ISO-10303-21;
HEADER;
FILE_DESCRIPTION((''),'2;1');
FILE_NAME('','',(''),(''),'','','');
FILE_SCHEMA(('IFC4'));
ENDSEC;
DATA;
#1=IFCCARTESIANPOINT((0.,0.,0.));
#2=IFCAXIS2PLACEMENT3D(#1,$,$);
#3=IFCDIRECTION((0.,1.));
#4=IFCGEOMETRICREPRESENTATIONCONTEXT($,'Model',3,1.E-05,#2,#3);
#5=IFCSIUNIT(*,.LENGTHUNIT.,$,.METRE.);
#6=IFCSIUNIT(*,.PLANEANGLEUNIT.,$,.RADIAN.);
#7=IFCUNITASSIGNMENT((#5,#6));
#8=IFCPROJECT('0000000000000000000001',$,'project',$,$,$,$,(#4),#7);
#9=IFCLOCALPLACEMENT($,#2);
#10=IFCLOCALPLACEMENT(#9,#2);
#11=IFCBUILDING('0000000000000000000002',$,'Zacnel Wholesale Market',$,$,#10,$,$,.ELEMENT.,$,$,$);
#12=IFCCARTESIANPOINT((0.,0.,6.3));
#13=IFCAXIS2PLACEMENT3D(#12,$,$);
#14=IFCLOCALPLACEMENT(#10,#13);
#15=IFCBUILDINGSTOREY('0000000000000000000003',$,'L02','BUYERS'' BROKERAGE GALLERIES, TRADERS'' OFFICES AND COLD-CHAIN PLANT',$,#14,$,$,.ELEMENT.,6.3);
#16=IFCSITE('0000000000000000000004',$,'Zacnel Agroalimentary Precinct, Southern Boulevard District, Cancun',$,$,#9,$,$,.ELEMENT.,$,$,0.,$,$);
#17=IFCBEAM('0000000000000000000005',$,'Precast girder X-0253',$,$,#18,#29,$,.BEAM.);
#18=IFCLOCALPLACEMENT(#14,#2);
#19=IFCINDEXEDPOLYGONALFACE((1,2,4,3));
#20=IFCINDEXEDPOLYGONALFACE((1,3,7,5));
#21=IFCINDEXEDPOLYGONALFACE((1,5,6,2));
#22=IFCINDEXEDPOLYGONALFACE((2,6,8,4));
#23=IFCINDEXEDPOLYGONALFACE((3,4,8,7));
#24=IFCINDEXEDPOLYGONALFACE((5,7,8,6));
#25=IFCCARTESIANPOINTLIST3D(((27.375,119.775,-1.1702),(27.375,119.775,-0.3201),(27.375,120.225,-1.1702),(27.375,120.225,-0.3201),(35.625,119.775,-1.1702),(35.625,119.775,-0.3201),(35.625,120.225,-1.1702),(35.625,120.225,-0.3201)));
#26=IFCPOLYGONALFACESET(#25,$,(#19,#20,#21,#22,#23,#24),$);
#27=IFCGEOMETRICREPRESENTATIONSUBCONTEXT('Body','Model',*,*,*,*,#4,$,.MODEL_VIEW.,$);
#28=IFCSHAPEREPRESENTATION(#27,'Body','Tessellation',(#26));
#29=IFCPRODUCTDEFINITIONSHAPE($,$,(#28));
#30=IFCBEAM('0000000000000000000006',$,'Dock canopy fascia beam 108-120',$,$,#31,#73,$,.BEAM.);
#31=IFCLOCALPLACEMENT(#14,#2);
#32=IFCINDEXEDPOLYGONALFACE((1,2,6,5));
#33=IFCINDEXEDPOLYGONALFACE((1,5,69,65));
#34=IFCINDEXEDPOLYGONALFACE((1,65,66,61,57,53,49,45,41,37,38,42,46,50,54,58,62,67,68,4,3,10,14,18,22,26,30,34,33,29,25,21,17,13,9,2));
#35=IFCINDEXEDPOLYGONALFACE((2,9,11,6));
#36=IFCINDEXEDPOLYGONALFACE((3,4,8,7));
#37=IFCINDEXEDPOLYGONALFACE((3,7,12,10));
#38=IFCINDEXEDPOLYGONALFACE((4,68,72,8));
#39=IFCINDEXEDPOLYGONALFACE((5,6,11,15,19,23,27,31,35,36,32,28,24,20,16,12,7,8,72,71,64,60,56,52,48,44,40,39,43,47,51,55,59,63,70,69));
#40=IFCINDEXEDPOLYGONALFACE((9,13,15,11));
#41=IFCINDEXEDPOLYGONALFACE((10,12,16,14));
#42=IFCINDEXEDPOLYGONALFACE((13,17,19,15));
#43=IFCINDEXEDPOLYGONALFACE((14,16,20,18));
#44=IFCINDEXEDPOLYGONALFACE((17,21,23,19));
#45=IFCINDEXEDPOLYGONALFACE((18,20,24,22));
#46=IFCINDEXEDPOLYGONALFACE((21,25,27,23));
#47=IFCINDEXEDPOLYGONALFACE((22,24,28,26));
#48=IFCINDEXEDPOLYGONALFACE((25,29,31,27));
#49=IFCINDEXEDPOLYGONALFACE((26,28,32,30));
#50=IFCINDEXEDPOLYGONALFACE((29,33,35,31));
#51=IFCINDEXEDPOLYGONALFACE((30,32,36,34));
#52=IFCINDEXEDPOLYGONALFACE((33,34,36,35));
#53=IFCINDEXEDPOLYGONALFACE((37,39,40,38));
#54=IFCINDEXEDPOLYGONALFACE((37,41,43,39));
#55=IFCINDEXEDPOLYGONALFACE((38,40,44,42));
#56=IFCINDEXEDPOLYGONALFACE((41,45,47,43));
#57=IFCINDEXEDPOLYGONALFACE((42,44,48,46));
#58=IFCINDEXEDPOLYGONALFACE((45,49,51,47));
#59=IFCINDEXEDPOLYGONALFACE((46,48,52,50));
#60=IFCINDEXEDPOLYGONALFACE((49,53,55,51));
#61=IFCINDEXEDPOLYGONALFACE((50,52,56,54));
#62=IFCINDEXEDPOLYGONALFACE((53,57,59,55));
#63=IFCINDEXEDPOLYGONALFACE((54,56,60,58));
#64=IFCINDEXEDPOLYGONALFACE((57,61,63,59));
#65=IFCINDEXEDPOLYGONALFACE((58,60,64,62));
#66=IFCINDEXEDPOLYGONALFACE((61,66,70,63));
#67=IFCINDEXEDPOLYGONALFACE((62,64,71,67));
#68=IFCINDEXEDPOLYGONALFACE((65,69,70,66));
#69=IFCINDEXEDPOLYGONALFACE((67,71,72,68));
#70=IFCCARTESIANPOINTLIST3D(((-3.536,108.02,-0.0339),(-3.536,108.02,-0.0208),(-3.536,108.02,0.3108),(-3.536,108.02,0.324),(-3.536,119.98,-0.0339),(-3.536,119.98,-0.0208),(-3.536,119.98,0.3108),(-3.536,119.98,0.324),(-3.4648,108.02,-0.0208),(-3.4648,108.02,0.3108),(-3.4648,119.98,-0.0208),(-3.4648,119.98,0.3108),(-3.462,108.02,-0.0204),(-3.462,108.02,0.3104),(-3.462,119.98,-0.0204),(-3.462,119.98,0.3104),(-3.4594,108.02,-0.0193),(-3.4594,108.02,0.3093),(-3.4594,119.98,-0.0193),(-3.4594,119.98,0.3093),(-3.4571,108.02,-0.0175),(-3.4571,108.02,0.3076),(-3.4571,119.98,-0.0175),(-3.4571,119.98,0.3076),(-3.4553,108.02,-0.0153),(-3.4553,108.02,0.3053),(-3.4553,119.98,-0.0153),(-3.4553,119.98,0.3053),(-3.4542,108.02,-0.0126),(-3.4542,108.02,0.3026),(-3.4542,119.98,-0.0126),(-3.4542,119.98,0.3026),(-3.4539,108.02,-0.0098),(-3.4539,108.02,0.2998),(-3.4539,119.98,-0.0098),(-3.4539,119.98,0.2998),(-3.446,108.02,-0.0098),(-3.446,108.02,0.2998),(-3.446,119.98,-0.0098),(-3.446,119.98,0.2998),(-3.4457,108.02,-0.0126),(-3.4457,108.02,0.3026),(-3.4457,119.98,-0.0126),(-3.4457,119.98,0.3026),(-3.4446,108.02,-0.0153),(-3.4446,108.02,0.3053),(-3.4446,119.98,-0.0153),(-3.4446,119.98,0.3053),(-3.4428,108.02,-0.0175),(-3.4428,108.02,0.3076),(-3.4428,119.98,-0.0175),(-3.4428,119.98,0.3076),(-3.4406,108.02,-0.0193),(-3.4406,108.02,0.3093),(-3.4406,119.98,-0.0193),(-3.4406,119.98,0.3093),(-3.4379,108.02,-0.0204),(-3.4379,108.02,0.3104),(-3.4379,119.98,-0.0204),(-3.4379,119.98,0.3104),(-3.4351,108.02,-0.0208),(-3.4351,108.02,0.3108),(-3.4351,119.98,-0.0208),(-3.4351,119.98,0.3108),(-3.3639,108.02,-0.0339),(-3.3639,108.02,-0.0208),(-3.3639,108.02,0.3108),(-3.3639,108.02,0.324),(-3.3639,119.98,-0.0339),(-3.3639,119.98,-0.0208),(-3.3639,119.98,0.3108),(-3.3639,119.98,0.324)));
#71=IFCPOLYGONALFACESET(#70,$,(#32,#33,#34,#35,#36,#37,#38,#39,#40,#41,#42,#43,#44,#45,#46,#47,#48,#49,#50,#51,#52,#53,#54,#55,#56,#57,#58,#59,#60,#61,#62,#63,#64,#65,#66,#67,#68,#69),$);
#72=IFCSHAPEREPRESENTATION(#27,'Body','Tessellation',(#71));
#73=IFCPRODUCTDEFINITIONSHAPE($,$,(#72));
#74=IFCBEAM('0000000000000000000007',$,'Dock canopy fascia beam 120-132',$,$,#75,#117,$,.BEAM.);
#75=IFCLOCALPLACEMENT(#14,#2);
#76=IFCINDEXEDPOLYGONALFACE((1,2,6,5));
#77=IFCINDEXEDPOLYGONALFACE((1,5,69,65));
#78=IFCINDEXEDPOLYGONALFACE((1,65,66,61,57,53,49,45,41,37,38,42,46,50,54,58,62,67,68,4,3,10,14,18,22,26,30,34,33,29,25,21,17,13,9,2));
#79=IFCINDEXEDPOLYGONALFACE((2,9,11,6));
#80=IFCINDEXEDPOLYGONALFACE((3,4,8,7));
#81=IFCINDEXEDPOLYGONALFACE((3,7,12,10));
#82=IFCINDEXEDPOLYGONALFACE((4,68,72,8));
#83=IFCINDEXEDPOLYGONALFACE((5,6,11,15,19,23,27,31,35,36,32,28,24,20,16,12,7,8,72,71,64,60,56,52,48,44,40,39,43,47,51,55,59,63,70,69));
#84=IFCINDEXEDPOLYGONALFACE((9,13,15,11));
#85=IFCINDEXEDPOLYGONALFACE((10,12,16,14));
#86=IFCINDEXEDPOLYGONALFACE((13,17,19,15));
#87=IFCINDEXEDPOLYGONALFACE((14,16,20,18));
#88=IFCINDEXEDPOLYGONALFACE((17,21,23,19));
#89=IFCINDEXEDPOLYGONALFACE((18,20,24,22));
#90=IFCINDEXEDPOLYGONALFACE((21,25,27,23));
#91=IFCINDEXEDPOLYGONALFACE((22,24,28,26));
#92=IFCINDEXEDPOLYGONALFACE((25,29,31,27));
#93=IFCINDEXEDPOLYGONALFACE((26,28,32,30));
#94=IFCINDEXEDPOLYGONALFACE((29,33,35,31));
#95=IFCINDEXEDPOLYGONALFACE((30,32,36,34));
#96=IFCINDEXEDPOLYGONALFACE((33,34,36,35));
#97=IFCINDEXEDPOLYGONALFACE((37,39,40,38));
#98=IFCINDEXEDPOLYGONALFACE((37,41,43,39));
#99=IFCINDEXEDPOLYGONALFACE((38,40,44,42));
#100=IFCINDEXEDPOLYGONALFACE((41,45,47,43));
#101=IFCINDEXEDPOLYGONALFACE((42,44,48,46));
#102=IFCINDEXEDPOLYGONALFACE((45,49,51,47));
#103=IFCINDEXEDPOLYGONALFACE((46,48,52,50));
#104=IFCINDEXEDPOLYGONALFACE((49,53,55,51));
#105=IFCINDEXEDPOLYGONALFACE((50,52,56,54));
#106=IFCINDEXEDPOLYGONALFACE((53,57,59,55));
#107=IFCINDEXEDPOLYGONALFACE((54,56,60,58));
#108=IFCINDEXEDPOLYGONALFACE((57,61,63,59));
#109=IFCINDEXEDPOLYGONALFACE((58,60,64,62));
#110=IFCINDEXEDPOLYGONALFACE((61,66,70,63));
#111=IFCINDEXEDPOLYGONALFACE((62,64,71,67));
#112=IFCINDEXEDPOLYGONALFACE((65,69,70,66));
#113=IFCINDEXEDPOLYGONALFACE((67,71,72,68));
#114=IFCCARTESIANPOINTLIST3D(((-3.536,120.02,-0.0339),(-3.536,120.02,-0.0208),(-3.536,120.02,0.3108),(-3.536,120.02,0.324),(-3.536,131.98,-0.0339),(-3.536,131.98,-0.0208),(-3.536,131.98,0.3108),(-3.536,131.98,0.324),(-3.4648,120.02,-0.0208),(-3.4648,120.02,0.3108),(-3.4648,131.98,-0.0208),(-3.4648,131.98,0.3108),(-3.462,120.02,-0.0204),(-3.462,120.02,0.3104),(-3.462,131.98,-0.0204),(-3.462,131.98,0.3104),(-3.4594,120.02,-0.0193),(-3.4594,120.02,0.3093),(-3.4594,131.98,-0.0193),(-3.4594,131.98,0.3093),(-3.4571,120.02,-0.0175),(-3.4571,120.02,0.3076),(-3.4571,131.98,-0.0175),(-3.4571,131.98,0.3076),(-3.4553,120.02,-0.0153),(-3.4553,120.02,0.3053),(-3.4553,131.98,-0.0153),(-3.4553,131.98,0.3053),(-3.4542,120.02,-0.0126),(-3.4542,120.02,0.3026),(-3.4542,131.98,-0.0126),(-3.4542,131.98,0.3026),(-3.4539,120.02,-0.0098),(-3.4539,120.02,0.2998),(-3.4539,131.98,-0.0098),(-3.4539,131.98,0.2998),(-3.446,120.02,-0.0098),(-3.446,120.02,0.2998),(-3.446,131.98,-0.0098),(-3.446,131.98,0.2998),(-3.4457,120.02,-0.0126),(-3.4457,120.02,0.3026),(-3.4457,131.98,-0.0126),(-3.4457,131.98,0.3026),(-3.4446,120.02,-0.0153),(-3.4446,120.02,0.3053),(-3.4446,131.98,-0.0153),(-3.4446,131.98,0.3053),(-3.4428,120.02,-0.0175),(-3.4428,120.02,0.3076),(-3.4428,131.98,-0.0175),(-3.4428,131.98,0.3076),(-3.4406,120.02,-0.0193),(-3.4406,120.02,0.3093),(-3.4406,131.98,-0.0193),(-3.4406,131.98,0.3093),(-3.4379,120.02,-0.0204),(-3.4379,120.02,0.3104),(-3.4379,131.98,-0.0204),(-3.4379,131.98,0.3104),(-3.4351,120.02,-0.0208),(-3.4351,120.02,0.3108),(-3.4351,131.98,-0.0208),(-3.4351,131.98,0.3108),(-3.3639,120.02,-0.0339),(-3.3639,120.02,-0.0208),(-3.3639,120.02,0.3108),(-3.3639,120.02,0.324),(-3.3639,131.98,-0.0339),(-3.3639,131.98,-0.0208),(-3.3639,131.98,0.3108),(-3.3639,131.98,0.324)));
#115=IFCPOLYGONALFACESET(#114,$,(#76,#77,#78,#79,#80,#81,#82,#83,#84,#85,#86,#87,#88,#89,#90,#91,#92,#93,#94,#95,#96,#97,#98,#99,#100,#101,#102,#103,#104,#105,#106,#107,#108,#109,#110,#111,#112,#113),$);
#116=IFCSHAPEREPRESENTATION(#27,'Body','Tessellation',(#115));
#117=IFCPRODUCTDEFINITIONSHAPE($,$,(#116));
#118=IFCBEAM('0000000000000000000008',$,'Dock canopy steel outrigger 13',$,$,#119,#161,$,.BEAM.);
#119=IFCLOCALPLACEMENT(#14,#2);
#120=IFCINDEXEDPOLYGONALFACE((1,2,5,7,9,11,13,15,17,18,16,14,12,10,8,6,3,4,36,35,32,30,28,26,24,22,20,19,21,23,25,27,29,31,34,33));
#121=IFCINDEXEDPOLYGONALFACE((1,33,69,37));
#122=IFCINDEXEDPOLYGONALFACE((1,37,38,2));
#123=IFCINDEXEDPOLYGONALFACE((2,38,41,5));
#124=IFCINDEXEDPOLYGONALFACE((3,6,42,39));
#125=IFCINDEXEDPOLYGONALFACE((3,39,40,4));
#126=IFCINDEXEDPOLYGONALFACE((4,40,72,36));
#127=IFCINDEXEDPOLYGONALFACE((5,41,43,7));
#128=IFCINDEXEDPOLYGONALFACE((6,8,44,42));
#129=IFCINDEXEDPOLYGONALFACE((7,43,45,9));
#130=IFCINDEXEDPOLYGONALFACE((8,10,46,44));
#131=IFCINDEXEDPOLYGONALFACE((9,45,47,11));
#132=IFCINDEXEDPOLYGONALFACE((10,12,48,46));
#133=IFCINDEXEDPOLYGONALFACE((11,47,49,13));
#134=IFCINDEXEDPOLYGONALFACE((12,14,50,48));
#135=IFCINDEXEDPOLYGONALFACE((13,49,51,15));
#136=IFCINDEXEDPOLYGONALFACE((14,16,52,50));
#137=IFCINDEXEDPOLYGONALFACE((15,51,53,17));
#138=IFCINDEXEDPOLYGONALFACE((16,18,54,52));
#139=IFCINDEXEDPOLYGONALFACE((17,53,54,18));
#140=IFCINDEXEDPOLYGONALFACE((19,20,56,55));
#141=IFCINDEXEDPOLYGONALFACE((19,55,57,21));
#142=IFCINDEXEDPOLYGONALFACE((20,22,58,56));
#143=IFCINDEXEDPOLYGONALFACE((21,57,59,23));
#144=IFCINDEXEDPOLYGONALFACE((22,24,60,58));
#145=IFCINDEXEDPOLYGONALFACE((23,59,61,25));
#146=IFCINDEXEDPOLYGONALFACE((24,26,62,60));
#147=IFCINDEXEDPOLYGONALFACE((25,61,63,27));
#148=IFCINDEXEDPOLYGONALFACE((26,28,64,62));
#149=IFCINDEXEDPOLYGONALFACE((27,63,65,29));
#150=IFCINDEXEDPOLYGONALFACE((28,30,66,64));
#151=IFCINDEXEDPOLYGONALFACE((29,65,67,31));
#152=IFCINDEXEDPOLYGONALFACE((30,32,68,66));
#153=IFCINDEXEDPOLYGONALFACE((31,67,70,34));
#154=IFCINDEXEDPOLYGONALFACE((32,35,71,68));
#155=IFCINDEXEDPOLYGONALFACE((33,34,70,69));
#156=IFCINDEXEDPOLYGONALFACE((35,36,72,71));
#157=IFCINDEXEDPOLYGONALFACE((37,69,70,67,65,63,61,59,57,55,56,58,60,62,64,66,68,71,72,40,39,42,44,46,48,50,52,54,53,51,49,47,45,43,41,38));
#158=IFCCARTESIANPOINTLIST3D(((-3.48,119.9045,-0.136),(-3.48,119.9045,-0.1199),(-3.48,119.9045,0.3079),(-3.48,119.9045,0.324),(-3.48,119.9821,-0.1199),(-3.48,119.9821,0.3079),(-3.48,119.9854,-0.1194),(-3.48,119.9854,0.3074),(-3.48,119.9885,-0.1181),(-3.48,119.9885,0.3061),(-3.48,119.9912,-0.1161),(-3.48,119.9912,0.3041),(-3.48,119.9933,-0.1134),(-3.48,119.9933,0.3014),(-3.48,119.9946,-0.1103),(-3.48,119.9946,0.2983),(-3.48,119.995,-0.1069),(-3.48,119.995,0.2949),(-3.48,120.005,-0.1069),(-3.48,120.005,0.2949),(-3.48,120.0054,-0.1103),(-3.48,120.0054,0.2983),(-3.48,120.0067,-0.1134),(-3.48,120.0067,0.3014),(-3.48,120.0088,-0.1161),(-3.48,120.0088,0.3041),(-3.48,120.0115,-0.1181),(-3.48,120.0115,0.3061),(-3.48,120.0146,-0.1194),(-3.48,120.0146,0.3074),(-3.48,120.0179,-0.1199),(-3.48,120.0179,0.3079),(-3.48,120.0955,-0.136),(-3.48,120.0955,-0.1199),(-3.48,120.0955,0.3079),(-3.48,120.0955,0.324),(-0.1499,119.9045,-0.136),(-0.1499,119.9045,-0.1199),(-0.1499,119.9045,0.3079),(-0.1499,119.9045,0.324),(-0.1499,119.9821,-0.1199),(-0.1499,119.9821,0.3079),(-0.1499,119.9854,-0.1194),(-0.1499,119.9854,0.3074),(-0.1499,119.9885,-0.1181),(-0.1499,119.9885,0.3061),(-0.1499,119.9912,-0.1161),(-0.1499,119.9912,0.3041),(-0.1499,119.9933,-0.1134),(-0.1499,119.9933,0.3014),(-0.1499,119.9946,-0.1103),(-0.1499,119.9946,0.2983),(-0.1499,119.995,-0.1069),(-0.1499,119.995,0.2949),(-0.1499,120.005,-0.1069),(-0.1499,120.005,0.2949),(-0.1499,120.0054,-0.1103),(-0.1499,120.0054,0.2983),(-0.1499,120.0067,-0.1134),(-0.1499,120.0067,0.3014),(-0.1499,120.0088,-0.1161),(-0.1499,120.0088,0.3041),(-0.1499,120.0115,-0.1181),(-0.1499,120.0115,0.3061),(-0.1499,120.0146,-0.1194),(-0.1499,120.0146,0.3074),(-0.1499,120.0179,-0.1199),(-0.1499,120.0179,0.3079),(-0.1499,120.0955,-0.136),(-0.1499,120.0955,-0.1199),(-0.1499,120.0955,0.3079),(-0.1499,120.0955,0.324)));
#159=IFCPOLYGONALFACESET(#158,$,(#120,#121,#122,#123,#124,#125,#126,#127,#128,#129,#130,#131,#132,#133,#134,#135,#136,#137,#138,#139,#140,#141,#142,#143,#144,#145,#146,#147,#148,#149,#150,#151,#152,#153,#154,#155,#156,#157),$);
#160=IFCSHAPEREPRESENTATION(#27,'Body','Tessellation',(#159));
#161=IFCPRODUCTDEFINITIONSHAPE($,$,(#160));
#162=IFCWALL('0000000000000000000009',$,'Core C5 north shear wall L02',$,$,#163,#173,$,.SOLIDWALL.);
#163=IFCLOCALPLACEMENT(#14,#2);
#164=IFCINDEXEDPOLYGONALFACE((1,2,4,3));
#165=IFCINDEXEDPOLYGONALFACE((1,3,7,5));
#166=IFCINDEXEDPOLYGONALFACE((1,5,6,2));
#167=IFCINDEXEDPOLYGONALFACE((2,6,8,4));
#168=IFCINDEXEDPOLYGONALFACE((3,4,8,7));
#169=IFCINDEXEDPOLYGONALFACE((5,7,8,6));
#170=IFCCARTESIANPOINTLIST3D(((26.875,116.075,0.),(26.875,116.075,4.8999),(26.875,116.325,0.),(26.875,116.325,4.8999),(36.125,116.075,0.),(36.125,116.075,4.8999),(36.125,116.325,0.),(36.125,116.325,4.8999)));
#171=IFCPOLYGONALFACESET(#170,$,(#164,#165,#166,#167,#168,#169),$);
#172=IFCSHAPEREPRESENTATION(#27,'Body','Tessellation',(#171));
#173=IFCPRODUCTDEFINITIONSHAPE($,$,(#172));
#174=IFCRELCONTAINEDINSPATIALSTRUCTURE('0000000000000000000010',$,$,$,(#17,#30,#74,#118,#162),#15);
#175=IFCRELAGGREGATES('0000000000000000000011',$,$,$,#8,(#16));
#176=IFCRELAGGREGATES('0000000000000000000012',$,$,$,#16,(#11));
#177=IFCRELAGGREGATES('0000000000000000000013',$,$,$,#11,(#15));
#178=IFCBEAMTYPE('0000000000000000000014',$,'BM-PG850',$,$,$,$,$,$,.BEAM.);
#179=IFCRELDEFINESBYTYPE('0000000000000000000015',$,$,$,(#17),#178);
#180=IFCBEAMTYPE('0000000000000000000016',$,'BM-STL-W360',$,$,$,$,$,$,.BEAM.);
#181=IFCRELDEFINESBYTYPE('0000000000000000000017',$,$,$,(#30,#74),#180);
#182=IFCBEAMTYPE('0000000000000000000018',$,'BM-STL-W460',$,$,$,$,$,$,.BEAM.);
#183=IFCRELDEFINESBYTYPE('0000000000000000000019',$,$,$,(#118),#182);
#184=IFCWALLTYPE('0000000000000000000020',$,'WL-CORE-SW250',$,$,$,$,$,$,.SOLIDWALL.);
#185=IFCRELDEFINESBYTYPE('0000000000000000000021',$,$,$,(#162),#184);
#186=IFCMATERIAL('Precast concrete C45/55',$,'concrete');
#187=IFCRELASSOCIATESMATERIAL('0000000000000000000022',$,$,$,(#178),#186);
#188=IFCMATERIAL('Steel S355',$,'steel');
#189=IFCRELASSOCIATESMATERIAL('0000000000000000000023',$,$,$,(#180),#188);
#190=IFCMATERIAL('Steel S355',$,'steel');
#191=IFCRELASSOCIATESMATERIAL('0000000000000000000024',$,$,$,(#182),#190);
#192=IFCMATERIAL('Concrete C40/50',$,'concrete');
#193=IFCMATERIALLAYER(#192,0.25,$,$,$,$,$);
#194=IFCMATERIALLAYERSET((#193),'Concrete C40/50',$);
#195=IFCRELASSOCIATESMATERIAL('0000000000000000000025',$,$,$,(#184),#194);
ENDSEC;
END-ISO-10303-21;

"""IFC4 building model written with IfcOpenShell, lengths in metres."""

from ifc_helpers import new_model, si_unit, direction, frame, frame_2d, origin, origin_2d, place, context, subcontext, project, spatial, rectangle, i_section, extrude, material, layer, layer_set, material_profile, profile_set, type_object, element, save


model = new_model("IFC4")

# Units and contexts
model_context = context("Model", 3, precision=1e-05, world=origin(), true_north=direction((0.0, 1.0)))
body_context = subcontext(model_context, "Body", "Model", "MODEL_VIEW")
ifc_project = project(units=[si_unit("LENGTHUNIT", "METRE"), si_unit("PLANEANGLEUNIT", "RADIAN")], contexts=[model_context])

# Site, building, storey
site_placement = place(None, origin())
site = spatial("IfcSite", under=ifc_project, at=site_placement, Name="Zacnel Agroalimentary Precinct, Southern Boulevard District, Cancun", CompositionType="ELEMENT", RefElevation=0.0)
building_placement = place(site_placement, origin())
building = spatial("IfcBuilding", under=site, at=building_placement, Name="Zacnel Wholesale Market", CompositionType="ELEMENT")
storey_placement = place(building_placement, frame((0.0, 0.0, 6.3)))
storey = spatial("IfcBuildingStorey", under=building, at=storey_placement, Name="L02", Description="BUYERS' BROKERAGE GALLERIES, TRADERS' OFFICES AND COLD-CHAIN PLANT", CompositionType="ELEMENT", Elevation=6.3)

# Beams
ifc_material_1 = material(Name="Precast concrete C45/55", Category="concrete")
ifc_material_profile_1 = material_profile(ifc_material_1, rectangle(XDim=0.45, YDim=0.8501, at=origin_2d()), Name="PG 450x850")
ifc_profile_set_1 = profile_set([ifc_material_profile_1], Name="Precast concrete C45/55")
beam_type_1 = type_object("IfcBeamType", Name="BM-PG850", PredefinedType="BEAM", material=ifc_profile_set_1)
for number, where, z_axis, x_axis, name in (
    (1, (27.375, 120.0, -0.7451), (1.0, 0.0, 0.0), (0.0, 1.0, 0.0), "Precast girder X-0253"),
):
    element("IfcBeam", number, at=place(storey_placement, frame(where, z_axis=z_axis, x_axis=x_axis)), inside=storey, type_object=beam_type_1, Name=name, PredefinedType="BEAM", context=body_context, shape_type="SweptSolid", body=[
        extrude(rectangle(XDim=0.45, YDim=0.8501, at=origin_2d()), origin(), (0.0, 0.0, 1.0), 8.25),
    ])
ifc_material_2 = material(Name="Steel S355", Category="steel")
ifc_material_profile_2 = material_profile(ifc_material_2, i_section(OverallWidth=0.1721, OverallDepth=0.3579, WebThickness=0.0078, FlangeThickness=0.0132, FilletRadius=0.011, at=origin_2d()), Name="W360X57.8")
ifc_profile_set_2 = profile_set([ifc_material_profile_2], Name="Steel S355")
beam_type_2 = type_object("IfcBeamType", Name="BM-STL-W360", PredefinedType="BEAM", material=ifc_profile_set_2)
for number, where, z_axis, x_axis, name in (
    (2, (-3.45, 108.02, 0.145), (0.0, 1.0, 0.0), (-1.0, 0.0, 0.0), "Dock canopy fascia beam 108-120"),
    (3, (-3.45, 120.02, 0.145), (0.0, 1.0, 0.0), (-1.0, 0.0, 0.0), "Dock canopy fascia beam 120-132"),
):
    element("IfcBeam", number, at=place(storey_placement, frame(where, z_axis=z_axis, x_axis=x_axis)), inside=storey, type_object=beam_type_2, Name=name, PredefinedType="BEAM", context=body_context, shape_type="SweptSolid", body=[
        extrude(i_section(OverallWidth=0.1721, OverallDepth=0.3579, WebThickness=0.0078, FlangeThickness=0.0132, FilletRadius=0.011, at=origin_2d()), origin(), (0.0, 0.0, 1.0), 11.96),
    ])
ifc_material_3 = material(Name="Steel S355", Category="steel")
ifc_material_profile_3 = material_profile(ifc_material_3, i_section(OverallWidth=0.1909, OverallDepth=0.46, WebThickness=0.01, FlangeThickness=0.0161, FilletRadius=0.0129, at=origin_2d()), Name="W460X82")
ifc_profile_set_3 = profile_set([ifc_material_profile_3], Name="Steel S355")
beam_type_3 = type_object("IfcBeamType", Name="BM-STL-W460", PredefinedType="BEAM", material=ifc_profile_set_3)
beam_1_placement = place(storey_placement, frame((-0.1499, 120.0, 0.094), z_axis=(-1.0, 0.0, 0.0), x_axis=(0.0, -1.0, 0.0)))
element("IfcBeam", 4, at=beam_1_placement, inside=storey, type_object=beam_type_3, Name="Dock canopy steel outrigger 13", PredefinedType="BEAM", context=body_context, shape_type="SweptSolid", body=[
    extrude(i_section(OverallWidth=0.1909, OverallDepth=0.46, WebThickness=0.01, FlangeThickness=0.0161, FilletRadius=0.0129, at=origin_2d()), origin(), (0.0, 0.0, 1.0), 3.3301),
])

# Wall
ifc_material_4 = material(Name="Concrete C40/50", Category="concrete")
ifc_layer_1 = layer(ifc_material_4, 0.25)
ifc_layer_set_1 = layer_set([ifc_layer_1], Name="Concrete C40/50")
wall_type_1 = type_object("IfcWallType", Name="WL-CORE-SW250", PredefinedType="SOLIDWALL", material=ifc_layer_set_1)
wall_1_placement = place(storey_placement, frame((26.875, 116.2, 0.0), z_axis=(0.0, 0.0, 1.0), x_axis=(1.0, 0.0, 0.0)))
element("IfcWall", 5, at=wall_1_placement, inside=storey, type_object=wall_type_1, Name="Core C5 north shear wall L02", PredefinedType="SOLIDWALL", context=body_context, shape_type="SweptSolid", body=[
    extrude(rectangle(XDim=9.25, YDim=0.25, at=frame_2d((4.625, 0.0))), origin(), (0.0, 0.0, 1.0), 4.8999),
])

save(model, "model.ifc")
